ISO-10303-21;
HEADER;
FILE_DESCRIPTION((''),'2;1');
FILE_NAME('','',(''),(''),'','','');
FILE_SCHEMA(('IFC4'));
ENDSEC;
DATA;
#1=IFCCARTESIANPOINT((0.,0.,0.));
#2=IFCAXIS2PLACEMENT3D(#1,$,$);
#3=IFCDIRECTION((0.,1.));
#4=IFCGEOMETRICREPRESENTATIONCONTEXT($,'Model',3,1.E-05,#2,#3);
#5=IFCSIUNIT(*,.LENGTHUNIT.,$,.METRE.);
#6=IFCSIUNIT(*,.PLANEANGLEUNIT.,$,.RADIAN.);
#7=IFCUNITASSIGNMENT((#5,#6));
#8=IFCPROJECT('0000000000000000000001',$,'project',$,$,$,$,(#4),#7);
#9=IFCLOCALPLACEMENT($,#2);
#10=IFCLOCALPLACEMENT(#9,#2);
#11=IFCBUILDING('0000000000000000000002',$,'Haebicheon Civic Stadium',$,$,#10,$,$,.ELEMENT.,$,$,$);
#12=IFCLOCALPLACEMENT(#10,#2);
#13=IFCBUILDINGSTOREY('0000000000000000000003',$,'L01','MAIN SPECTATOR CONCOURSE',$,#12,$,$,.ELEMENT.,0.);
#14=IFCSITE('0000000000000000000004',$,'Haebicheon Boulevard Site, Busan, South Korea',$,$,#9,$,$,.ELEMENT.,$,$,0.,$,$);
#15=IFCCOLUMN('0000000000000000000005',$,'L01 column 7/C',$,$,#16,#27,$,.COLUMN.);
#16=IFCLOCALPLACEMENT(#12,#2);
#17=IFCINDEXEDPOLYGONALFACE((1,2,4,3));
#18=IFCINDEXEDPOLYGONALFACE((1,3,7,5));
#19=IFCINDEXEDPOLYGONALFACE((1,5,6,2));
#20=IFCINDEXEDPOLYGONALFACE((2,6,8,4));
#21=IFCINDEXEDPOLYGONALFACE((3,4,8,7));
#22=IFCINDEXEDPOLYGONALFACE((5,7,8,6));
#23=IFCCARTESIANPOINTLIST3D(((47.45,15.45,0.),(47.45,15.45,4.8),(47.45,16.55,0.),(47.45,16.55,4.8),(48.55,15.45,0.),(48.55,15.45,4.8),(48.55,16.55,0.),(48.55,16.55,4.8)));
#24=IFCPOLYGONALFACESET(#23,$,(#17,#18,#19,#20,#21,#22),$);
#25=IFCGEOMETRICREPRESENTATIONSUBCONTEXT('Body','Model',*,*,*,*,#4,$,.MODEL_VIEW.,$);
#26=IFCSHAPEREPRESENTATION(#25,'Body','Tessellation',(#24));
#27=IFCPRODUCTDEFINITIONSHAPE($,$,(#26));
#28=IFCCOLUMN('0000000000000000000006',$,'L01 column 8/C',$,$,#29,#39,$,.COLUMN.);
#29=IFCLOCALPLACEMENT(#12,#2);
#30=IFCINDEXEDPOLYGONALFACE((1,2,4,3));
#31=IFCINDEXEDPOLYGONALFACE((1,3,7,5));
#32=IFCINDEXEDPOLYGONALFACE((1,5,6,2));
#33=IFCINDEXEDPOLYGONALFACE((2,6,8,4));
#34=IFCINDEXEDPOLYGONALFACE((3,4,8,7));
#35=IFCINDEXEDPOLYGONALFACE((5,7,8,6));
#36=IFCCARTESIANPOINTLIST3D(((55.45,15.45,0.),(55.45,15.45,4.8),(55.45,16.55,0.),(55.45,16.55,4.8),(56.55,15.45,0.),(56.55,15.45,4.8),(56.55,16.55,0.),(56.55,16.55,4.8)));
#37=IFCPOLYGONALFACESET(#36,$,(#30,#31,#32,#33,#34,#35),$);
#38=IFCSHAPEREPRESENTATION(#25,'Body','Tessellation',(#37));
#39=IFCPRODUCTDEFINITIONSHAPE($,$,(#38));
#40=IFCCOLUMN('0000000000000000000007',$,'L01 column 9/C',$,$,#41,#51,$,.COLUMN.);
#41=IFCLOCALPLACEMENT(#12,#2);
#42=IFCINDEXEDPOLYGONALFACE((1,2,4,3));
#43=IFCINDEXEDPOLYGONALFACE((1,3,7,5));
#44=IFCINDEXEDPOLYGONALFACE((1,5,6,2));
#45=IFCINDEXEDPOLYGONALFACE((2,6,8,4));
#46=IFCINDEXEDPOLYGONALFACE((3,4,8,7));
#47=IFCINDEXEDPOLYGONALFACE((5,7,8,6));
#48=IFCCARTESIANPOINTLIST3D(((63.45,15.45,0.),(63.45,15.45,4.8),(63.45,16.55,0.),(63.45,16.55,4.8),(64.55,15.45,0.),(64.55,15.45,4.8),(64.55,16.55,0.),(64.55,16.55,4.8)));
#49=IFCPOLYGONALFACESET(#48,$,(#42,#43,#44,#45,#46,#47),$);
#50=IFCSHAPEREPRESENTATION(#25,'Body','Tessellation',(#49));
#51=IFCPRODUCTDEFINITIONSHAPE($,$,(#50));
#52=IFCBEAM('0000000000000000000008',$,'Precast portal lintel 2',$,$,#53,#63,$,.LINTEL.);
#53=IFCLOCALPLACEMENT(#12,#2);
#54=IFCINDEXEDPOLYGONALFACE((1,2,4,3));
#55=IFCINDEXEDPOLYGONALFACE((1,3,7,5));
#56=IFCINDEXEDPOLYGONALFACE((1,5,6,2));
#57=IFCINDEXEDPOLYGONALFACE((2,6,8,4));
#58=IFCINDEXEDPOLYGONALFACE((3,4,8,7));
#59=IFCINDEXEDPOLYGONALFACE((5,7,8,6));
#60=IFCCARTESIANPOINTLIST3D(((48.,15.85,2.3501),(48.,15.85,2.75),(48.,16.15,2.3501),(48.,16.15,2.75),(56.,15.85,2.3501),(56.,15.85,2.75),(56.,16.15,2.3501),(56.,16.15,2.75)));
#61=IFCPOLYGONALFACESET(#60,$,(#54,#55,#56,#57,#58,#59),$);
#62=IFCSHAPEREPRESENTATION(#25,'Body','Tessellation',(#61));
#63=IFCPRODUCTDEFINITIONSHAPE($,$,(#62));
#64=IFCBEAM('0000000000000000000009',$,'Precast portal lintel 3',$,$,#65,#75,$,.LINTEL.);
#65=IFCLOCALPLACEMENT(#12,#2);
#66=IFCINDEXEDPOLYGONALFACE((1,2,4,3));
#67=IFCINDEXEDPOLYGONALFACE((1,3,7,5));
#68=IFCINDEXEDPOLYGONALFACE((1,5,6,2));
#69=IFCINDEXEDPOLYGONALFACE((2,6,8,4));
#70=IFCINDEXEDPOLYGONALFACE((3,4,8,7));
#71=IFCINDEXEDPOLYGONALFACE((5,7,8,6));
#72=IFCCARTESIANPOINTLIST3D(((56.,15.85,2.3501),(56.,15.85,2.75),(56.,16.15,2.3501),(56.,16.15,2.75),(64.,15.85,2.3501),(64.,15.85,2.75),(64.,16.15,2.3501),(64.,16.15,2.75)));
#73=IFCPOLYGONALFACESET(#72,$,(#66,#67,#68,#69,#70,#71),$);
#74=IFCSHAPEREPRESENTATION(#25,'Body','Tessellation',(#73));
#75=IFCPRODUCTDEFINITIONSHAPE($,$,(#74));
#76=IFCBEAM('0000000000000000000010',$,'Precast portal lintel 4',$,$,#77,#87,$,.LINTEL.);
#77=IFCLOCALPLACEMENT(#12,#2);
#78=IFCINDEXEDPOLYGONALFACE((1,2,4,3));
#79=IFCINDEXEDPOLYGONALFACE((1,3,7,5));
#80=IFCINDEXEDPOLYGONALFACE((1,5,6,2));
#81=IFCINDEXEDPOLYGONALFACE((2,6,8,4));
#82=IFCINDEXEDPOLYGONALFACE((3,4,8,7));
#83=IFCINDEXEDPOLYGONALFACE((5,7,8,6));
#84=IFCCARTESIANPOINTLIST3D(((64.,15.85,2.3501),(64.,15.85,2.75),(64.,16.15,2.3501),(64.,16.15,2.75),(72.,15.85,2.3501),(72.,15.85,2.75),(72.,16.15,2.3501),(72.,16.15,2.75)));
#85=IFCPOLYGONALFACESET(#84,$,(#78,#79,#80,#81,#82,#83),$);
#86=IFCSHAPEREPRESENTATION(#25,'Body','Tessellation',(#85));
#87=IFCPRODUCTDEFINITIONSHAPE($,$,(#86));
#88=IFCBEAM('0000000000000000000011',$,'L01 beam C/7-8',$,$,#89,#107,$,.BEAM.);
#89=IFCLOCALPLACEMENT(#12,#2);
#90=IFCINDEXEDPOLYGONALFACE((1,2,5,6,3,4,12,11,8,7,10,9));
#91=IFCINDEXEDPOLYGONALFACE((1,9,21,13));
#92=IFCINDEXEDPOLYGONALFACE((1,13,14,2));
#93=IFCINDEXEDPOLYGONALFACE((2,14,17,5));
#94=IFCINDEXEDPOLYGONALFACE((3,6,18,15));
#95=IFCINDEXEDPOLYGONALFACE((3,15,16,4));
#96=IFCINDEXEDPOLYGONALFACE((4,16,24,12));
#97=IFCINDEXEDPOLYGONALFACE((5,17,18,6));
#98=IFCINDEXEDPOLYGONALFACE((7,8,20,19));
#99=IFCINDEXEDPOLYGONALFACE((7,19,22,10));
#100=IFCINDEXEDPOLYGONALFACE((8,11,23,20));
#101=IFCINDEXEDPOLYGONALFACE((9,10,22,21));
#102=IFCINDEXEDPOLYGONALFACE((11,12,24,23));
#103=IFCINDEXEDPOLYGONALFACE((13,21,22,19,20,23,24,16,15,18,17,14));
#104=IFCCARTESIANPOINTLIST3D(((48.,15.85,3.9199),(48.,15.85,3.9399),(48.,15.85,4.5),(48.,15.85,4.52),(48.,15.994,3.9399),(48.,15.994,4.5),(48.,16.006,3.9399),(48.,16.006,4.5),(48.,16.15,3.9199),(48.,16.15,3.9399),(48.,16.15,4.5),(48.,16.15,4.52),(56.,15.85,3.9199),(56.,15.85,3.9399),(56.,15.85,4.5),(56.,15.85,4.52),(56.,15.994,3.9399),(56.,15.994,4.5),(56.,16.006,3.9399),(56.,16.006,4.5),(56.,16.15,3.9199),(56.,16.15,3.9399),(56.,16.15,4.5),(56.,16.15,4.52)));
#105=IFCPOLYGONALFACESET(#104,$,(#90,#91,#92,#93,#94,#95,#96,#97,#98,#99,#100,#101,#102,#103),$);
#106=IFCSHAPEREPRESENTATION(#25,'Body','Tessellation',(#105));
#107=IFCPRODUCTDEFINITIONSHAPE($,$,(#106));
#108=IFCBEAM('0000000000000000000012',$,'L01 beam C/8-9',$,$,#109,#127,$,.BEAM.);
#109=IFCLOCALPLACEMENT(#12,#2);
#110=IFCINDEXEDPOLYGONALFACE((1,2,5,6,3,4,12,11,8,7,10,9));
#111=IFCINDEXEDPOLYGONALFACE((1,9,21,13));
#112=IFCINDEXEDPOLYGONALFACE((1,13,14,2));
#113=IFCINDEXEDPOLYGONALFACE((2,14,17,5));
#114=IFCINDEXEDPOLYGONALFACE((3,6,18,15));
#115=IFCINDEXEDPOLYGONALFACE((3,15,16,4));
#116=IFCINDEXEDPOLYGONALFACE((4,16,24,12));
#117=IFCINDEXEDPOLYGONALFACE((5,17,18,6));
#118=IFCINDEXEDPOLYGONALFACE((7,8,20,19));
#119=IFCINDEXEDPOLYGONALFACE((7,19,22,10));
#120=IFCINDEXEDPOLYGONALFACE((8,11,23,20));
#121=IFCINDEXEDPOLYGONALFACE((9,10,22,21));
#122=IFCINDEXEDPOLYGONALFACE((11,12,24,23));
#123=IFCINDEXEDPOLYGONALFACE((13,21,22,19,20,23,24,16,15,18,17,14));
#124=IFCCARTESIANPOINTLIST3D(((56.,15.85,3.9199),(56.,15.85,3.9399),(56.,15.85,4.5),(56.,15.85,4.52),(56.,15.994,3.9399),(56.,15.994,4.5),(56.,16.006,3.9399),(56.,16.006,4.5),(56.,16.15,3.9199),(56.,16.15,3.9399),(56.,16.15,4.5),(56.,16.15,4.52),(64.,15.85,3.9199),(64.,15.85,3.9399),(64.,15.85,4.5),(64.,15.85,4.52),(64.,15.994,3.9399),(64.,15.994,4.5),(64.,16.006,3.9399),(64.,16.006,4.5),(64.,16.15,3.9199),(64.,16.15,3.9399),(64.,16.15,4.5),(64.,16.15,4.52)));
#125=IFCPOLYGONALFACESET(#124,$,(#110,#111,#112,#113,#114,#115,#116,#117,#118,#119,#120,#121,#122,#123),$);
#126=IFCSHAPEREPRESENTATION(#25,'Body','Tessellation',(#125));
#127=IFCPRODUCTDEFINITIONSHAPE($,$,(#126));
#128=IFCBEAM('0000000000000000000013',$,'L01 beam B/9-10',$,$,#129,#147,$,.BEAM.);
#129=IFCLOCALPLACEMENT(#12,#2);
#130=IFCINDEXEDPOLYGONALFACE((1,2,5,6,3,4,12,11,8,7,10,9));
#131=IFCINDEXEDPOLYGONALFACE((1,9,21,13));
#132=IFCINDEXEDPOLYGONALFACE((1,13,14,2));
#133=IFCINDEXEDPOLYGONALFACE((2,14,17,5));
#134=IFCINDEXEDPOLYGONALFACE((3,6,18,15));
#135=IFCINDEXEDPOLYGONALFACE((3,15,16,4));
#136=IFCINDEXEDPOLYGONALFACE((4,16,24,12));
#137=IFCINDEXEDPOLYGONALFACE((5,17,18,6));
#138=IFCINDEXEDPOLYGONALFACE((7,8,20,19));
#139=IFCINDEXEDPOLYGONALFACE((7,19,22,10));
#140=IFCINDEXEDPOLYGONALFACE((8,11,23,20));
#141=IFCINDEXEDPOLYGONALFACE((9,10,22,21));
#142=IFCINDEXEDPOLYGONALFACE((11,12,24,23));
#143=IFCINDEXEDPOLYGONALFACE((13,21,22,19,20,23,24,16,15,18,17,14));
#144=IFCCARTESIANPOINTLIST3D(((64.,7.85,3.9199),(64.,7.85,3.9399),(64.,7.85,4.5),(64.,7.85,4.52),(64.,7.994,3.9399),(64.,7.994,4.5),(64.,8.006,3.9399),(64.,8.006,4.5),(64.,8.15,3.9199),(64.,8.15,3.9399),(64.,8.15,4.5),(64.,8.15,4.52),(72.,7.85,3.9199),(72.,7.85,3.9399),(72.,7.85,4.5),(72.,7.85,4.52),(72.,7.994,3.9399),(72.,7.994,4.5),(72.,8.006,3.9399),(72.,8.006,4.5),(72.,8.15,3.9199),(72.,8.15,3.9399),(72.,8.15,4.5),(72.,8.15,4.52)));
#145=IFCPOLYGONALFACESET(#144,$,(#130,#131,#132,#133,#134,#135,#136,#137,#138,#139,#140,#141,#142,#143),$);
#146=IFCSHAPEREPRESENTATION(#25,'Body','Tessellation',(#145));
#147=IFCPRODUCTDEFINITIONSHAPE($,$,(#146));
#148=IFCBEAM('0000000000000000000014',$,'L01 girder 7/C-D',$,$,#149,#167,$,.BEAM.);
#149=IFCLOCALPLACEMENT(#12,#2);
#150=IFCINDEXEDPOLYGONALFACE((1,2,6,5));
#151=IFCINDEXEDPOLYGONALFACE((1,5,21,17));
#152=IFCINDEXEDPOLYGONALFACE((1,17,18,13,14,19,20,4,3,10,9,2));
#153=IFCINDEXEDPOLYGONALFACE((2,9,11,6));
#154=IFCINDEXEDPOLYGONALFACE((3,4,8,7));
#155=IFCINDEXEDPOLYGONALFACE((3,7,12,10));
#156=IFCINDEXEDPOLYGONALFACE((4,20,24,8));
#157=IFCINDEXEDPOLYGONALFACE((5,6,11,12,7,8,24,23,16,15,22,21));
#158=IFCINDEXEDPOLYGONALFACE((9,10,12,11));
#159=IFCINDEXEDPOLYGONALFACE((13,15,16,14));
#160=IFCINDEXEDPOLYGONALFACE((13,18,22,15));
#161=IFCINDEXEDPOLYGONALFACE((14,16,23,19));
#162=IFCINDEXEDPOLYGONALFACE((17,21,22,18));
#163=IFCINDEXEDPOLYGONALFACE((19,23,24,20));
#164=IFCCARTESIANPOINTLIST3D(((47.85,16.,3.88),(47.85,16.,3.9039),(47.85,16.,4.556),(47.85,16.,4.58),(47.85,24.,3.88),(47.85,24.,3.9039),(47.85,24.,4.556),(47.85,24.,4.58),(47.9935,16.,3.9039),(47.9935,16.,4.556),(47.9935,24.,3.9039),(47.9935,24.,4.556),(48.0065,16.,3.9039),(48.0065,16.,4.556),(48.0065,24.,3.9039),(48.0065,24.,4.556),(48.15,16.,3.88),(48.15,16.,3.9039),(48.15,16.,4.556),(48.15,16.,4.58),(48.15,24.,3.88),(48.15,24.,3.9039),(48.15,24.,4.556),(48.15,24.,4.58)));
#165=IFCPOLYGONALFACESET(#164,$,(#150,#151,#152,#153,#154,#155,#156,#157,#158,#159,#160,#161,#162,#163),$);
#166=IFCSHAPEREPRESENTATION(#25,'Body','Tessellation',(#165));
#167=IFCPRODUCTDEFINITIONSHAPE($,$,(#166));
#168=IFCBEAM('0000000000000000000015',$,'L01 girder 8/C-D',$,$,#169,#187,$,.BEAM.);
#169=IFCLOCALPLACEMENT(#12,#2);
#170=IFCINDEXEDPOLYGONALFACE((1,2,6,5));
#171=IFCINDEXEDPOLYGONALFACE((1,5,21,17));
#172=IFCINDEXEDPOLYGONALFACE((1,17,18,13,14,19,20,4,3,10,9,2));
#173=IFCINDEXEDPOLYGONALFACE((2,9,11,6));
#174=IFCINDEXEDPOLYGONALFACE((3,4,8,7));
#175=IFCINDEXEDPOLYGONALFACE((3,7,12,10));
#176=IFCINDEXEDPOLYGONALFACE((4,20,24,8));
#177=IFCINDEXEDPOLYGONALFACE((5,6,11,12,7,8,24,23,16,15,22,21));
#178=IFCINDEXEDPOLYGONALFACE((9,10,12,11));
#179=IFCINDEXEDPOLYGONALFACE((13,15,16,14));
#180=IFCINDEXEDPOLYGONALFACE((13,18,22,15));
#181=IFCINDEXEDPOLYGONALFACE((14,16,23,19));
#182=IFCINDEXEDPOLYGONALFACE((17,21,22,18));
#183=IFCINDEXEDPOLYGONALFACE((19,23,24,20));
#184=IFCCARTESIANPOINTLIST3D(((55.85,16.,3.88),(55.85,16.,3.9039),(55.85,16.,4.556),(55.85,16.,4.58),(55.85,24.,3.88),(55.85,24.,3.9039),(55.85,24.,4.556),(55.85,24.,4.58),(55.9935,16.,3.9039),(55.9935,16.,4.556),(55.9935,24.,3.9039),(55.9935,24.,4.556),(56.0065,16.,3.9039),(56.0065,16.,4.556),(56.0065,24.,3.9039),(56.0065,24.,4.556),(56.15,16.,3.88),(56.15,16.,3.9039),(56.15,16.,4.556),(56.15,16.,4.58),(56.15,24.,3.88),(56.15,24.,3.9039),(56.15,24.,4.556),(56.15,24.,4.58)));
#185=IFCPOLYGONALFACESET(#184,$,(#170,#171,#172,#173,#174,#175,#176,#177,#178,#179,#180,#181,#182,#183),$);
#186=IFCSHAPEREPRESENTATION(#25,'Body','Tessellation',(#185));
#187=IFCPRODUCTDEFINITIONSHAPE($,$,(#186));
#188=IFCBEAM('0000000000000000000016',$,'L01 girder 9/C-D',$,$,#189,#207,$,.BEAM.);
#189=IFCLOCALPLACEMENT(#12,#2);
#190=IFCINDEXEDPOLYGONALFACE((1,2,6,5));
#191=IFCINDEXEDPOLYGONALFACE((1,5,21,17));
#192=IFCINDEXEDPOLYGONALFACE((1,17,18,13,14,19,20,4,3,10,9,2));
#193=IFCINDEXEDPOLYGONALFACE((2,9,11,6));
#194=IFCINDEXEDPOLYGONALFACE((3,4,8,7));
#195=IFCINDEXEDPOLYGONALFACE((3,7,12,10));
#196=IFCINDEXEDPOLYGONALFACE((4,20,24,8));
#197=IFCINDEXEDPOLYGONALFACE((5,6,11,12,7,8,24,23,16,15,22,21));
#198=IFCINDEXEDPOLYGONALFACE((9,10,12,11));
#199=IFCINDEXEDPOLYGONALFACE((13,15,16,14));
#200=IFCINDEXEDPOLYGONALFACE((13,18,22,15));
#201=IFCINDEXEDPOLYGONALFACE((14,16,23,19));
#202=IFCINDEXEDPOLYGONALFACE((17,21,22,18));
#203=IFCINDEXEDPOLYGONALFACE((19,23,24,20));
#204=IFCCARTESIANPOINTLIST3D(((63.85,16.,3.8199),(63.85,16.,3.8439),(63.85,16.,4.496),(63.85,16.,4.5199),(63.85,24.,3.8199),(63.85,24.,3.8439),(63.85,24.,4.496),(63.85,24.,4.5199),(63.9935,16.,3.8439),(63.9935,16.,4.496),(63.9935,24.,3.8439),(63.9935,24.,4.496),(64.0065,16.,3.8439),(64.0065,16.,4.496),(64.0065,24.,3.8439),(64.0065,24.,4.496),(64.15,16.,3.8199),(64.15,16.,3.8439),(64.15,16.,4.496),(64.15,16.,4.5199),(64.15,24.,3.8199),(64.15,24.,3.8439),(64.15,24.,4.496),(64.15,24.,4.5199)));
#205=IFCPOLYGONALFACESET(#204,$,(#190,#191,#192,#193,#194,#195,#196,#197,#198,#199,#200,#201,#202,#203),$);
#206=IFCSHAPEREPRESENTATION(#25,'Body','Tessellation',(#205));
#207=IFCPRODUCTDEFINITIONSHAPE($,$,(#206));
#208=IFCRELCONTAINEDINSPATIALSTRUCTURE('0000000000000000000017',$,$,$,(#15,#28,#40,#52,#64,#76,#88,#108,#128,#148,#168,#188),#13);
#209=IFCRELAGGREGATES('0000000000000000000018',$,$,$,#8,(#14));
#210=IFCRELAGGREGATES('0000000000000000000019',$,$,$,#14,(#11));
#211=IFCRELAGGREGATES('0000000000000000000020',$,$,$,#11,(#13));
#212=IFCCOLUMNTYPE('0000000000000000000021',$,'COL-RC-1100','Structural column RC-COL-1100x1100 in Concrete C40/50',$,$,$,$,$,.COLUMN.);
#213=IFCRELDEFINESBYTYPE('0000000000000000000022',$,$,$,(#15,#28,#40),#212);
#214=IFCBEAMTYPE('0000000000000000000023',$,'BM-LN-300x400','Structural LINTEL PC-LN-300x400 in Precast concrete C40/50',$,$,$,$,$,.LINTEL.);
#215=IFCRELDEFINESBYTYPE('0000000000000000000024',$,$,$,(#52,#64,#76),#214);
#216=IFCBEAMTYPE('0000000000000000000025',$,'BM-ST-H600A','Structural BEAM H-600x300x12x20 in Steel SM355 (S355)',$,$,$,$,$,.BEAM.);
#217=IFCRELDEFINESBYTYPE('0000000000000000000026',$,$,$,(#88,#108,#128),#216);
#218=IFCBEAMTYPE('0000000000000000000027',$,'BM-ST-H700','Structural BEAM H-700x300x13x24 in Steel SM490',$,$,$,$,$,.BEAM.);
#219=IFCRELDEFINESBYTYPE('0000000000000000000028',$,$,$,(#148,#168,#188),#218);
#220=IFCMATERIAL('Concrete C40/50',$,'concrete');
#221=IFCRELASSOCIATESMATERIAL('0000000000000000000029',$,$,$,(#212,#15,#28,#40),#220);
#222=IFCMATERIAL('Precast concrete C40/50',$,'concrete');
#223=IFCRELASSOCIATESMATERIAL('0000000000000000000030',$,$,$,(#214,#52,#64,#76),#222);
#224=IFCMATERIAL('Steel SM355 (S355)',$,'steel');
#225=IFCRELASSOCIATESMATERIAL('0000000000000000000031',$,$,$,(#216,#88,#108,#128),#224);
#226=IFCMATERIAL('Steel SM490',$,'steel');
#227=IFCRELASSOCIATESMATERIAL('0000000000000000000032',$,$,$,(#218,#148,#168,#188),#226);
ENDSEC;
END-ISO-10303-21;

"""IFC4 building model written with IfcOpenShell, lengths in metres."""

from ifc_helpers import new_model, si_unit, direction, frame, origin, origin_2d, place, context, subcontext, project, spatial, rectangle, i_section, extrude, material, material_profile, profile_set, type_object, element, save


model = new_model("IFC4")

# Units and contexts
model_context = context("Model", 3, precision=1e-05, world=origin(), true_north=direction((0.0, 1.0)))
body_context = subcontext(model_context, "Body", "Model", "MODEL_VIEW")
ifc_project = project(units=[si_unit("LENGTHUNIT", "METRE"), si_unit("PLANEANGLEUNIT", "RADIAN")], contexts=[model_context])

# Site, building, storey
site_placement = place(None, origin())
site = spatial("IfcSite", under=ifc_project, at=site_placement, Name="Haebicheon Boulevard Site, Busan, South Korea", CompositionType="ELEMENT", RefElevation=0.0)
building_placement = place(site_placement, origin())
building = spatial("IfcBuilding", under=site, at=building_placement, Name="Haebicheon Civic Stadium", CompositionType="ELEMENT")
storey_placement = place(building_placement, origin())
storey = spatial("IfcBuildingStorey", under=building, at=storey_placement, Name="L01", Description="MAIN SPECTATOR CONCOURSE", CompositionType="ELEMENT", Elevation=0.0)

# Columns
ifc_material_1 = material(Name="Concrete C40/50", Category="concrete")
ifc_material_profile_1 = material_profile(ifc_material_1, rectangle(XDim=1.1001, YDim=1.1001, at=origin_2d()), Name="RC-COL-1100x1100")
ifc_profile_set_1 = profile_set([ifc_material_profile_1], Name="Concrete C40/50")
column_type = type_object("IfcColumnType", Name="COL-RC-1100", Description="Structural column RC-COL-1100x1100 in Concrete C40/50", PredefinedType="COLUMN", material=ifc_profile_set_1)
for number, where, z_axis, x_axis, name in (
    (1, (48.0, 16.0, 0.0), (0.0, 0.0, 1.0), (1.0, 0.0, 0.0), "L01 column 7/C"),
    (2, (56.0, 16.0, 0.0), (0.0, 0.0, 1.0), (1.0, 0.0, 0.0), "L01 column 8/C"),
    (3, (64.0, 16.0, 0.0), (0.0, 0.0, 1.0), (1.0, 0.0, 0.0), "L01 column 9/C"),
):
    element("IfcColumn", number, at=place(storey_placement, frame(where, z_axis=z_axis, x_axis=x_axis)), inside=storey, type_object=column_type, material=ifc_profile_set_1, Name=name, PredefinedType="COLUMN", context=body_context, shape_type="SweptSolid", body=[
        extrude(rectangle(XDim=1.1001, YDim=1.1001, at=origin_2d()), origin(), (0.0, 0.0, 1.0), 4.8),
    ])

# Beams
ifc_material_2 = material(Name="Precast concrete C40/50", Category="concrete")
ifc_material_profile_2 = material_profile(ifc_material_2, rectangle(XDim=0.3, YDim=0.3999, at=origin_2d()), Name="PC-LN-300x400")
ifc_profile_set_2 = profile_set([ifc_material_profile_2], Name="Precast concrete C40/50")
beam_type_1 = type_object("IfcBeamType", Name="BM-LN-300x400", Description="Structural LINTEL PC-LN-300x400 in Precast concrete C40/50", PredefinedType="LINTEL", material=ifc_profile_set_2)
for number, where, z_axis, x_axis, name in (
    (4, (48.0, 16.0, 2.55), (1.0, 0.0, 0.0), (0.0, 1.0, 0.0), "Precast portal lintel 2"),
    (5, (56.0, 16.0, 2.55), (1.0, 0.0, 0.0), (0.0, 1.0, 0.0), "Precast portal lintel 3"),
    (6, (64.0, 16.0, 2.55), (1.0, 0.0, 0.0), (0.0, 1.0, 0.0), "Precast portal lintel 4"),
):
    element("IfcBeam", number, at=place(storey_placement, frame(where, z_axis=z_axis, x_axis=x_axis)), inside=storey, type_object=beam_type_1, material=ifc_profile_set_2, Name=name, PredefinedType="LINTEL", context=body_context, shape_type="SweptSolid", body=[
        extrude(rectangle(XDim=0.3, YDim=0.3999, at=origin_2d()), origin(), (0.0, 0.0, 1.0), 8.0),
    ])
ifc_material_3 = material(Name="Steel SM355 (S355)", Category="steel")
ifc_material_profile_3 = material_profile(ifc_material_3, i_section(OverallWidth=0.3, OverallDepth=0.6001, WebThickness=0.012, FlangeThickness=0.02, at=origin_2d()), Name="H-600x300x12x20")
ifc_profile_set_3 = profile_set([ifc_material_profile_3], Name="Steel SM355 (S355)")
beam_type_2 = type_object("IfcBeamType", Name="BM-ST-H600A", Description="Structural BEAM H-600x300x12x20 in Steel SM355 (S355)", PredefinedType="BEAM", material=ifc_profile_set_3)
for number, where, z_axis, x_axis, name in (
    (7, (48.0, 16.0, 4.22), (1.0, 0.0, 0.0), (0.0, 1.0, 0.0), "L01 beam C/7-8"),
    (8, (56.0, 16.0, 4.22), (1.0, 0.0, 0.0), (0.0, 1.0, 0.0), "L01 beam C/8-9"),
    (9, (64.0, 8.0, 4.22), (1.0, 0.0, 0.0), (0.0, 1.0, 0.0), "L01 beam B/9-10"),
):
    element("IfcBeam", number, at=place(storey_placement, frame(where, z_axis=z_axis, x_axis=x_axis)), inside=storey, type_object=beam_type_2, material=ifc_profile_set_3, Name=name, PredefinedType="BEAM", context=body_context, shape_type="SweptSolid", body=[
        extrude(i_section(OverallWidth=0.3, OverallDepth=0.6001, WebThickness=0.012, FlangeThickness=0.02, at=origin_2d()), origin(), (0.0, 0.0, 1.0), 8.0),
    ])
ifc_material_4 = material(Name="Steel SM490", Category="steel")
ifc_material_profile_4 = material_profile(ifc_material_4, i_section(OverallWidth=0.3, OverallDepth=0.7, WebThickness=0.0129, FlangeThickness=0.0239, at=origin_2d()), Name="H-700x300x13x24")
ifc_profile_set_4 = profile_set([ifc_material_profile_4], Name="Steel SM490")
beam_type_3 = type_object("IfcBeamType", Name="BM-ST-H700", Description="Structural BEAM H-700x300x13x24 in Steel SM490", PredefinedType="BEAM", material=ifc_profile_set_4)
for number, where, z_axis, x_axis, name in (
    (10, (48.0, 16.0, 4.23), (0.0, 1.0, 0.0), (-1.0, 0.0, 0.0), "L01 girder 7/C-D"),
    (11, (56.0, 16.0, 4.23), (0.0, 1.0, 0.0), (-1.0, 0.0, 0.0), "L01 girder 8/C-D"),
    (12, (64.0, 16.0, 4.1699), (0.0, 1.0, 0.0), (-1.0, 0.0, 0.0), "L01 girder 9/C-D"),
):
    element("IfcBeam", number, at=place(storey_placement, frame(where, z_axis=z_axis, x_axis=x_axis)), inside=storey, type_object=beam_type_3, material=ifc_profile_set_4, Name=name, PredefinedType="BEAM", context=body_context, shape_type="SweptSolid", body=[
        extrude(i_section(OverallWidth=0.3, OverallDepth=0.7, WebThickness=0.0129, FlangeThickness=0.0239, at=origin_2d()), origin(), (0.0, 0.0, 1.0), 8.0),
    ])

save(model, "model.ifc")
